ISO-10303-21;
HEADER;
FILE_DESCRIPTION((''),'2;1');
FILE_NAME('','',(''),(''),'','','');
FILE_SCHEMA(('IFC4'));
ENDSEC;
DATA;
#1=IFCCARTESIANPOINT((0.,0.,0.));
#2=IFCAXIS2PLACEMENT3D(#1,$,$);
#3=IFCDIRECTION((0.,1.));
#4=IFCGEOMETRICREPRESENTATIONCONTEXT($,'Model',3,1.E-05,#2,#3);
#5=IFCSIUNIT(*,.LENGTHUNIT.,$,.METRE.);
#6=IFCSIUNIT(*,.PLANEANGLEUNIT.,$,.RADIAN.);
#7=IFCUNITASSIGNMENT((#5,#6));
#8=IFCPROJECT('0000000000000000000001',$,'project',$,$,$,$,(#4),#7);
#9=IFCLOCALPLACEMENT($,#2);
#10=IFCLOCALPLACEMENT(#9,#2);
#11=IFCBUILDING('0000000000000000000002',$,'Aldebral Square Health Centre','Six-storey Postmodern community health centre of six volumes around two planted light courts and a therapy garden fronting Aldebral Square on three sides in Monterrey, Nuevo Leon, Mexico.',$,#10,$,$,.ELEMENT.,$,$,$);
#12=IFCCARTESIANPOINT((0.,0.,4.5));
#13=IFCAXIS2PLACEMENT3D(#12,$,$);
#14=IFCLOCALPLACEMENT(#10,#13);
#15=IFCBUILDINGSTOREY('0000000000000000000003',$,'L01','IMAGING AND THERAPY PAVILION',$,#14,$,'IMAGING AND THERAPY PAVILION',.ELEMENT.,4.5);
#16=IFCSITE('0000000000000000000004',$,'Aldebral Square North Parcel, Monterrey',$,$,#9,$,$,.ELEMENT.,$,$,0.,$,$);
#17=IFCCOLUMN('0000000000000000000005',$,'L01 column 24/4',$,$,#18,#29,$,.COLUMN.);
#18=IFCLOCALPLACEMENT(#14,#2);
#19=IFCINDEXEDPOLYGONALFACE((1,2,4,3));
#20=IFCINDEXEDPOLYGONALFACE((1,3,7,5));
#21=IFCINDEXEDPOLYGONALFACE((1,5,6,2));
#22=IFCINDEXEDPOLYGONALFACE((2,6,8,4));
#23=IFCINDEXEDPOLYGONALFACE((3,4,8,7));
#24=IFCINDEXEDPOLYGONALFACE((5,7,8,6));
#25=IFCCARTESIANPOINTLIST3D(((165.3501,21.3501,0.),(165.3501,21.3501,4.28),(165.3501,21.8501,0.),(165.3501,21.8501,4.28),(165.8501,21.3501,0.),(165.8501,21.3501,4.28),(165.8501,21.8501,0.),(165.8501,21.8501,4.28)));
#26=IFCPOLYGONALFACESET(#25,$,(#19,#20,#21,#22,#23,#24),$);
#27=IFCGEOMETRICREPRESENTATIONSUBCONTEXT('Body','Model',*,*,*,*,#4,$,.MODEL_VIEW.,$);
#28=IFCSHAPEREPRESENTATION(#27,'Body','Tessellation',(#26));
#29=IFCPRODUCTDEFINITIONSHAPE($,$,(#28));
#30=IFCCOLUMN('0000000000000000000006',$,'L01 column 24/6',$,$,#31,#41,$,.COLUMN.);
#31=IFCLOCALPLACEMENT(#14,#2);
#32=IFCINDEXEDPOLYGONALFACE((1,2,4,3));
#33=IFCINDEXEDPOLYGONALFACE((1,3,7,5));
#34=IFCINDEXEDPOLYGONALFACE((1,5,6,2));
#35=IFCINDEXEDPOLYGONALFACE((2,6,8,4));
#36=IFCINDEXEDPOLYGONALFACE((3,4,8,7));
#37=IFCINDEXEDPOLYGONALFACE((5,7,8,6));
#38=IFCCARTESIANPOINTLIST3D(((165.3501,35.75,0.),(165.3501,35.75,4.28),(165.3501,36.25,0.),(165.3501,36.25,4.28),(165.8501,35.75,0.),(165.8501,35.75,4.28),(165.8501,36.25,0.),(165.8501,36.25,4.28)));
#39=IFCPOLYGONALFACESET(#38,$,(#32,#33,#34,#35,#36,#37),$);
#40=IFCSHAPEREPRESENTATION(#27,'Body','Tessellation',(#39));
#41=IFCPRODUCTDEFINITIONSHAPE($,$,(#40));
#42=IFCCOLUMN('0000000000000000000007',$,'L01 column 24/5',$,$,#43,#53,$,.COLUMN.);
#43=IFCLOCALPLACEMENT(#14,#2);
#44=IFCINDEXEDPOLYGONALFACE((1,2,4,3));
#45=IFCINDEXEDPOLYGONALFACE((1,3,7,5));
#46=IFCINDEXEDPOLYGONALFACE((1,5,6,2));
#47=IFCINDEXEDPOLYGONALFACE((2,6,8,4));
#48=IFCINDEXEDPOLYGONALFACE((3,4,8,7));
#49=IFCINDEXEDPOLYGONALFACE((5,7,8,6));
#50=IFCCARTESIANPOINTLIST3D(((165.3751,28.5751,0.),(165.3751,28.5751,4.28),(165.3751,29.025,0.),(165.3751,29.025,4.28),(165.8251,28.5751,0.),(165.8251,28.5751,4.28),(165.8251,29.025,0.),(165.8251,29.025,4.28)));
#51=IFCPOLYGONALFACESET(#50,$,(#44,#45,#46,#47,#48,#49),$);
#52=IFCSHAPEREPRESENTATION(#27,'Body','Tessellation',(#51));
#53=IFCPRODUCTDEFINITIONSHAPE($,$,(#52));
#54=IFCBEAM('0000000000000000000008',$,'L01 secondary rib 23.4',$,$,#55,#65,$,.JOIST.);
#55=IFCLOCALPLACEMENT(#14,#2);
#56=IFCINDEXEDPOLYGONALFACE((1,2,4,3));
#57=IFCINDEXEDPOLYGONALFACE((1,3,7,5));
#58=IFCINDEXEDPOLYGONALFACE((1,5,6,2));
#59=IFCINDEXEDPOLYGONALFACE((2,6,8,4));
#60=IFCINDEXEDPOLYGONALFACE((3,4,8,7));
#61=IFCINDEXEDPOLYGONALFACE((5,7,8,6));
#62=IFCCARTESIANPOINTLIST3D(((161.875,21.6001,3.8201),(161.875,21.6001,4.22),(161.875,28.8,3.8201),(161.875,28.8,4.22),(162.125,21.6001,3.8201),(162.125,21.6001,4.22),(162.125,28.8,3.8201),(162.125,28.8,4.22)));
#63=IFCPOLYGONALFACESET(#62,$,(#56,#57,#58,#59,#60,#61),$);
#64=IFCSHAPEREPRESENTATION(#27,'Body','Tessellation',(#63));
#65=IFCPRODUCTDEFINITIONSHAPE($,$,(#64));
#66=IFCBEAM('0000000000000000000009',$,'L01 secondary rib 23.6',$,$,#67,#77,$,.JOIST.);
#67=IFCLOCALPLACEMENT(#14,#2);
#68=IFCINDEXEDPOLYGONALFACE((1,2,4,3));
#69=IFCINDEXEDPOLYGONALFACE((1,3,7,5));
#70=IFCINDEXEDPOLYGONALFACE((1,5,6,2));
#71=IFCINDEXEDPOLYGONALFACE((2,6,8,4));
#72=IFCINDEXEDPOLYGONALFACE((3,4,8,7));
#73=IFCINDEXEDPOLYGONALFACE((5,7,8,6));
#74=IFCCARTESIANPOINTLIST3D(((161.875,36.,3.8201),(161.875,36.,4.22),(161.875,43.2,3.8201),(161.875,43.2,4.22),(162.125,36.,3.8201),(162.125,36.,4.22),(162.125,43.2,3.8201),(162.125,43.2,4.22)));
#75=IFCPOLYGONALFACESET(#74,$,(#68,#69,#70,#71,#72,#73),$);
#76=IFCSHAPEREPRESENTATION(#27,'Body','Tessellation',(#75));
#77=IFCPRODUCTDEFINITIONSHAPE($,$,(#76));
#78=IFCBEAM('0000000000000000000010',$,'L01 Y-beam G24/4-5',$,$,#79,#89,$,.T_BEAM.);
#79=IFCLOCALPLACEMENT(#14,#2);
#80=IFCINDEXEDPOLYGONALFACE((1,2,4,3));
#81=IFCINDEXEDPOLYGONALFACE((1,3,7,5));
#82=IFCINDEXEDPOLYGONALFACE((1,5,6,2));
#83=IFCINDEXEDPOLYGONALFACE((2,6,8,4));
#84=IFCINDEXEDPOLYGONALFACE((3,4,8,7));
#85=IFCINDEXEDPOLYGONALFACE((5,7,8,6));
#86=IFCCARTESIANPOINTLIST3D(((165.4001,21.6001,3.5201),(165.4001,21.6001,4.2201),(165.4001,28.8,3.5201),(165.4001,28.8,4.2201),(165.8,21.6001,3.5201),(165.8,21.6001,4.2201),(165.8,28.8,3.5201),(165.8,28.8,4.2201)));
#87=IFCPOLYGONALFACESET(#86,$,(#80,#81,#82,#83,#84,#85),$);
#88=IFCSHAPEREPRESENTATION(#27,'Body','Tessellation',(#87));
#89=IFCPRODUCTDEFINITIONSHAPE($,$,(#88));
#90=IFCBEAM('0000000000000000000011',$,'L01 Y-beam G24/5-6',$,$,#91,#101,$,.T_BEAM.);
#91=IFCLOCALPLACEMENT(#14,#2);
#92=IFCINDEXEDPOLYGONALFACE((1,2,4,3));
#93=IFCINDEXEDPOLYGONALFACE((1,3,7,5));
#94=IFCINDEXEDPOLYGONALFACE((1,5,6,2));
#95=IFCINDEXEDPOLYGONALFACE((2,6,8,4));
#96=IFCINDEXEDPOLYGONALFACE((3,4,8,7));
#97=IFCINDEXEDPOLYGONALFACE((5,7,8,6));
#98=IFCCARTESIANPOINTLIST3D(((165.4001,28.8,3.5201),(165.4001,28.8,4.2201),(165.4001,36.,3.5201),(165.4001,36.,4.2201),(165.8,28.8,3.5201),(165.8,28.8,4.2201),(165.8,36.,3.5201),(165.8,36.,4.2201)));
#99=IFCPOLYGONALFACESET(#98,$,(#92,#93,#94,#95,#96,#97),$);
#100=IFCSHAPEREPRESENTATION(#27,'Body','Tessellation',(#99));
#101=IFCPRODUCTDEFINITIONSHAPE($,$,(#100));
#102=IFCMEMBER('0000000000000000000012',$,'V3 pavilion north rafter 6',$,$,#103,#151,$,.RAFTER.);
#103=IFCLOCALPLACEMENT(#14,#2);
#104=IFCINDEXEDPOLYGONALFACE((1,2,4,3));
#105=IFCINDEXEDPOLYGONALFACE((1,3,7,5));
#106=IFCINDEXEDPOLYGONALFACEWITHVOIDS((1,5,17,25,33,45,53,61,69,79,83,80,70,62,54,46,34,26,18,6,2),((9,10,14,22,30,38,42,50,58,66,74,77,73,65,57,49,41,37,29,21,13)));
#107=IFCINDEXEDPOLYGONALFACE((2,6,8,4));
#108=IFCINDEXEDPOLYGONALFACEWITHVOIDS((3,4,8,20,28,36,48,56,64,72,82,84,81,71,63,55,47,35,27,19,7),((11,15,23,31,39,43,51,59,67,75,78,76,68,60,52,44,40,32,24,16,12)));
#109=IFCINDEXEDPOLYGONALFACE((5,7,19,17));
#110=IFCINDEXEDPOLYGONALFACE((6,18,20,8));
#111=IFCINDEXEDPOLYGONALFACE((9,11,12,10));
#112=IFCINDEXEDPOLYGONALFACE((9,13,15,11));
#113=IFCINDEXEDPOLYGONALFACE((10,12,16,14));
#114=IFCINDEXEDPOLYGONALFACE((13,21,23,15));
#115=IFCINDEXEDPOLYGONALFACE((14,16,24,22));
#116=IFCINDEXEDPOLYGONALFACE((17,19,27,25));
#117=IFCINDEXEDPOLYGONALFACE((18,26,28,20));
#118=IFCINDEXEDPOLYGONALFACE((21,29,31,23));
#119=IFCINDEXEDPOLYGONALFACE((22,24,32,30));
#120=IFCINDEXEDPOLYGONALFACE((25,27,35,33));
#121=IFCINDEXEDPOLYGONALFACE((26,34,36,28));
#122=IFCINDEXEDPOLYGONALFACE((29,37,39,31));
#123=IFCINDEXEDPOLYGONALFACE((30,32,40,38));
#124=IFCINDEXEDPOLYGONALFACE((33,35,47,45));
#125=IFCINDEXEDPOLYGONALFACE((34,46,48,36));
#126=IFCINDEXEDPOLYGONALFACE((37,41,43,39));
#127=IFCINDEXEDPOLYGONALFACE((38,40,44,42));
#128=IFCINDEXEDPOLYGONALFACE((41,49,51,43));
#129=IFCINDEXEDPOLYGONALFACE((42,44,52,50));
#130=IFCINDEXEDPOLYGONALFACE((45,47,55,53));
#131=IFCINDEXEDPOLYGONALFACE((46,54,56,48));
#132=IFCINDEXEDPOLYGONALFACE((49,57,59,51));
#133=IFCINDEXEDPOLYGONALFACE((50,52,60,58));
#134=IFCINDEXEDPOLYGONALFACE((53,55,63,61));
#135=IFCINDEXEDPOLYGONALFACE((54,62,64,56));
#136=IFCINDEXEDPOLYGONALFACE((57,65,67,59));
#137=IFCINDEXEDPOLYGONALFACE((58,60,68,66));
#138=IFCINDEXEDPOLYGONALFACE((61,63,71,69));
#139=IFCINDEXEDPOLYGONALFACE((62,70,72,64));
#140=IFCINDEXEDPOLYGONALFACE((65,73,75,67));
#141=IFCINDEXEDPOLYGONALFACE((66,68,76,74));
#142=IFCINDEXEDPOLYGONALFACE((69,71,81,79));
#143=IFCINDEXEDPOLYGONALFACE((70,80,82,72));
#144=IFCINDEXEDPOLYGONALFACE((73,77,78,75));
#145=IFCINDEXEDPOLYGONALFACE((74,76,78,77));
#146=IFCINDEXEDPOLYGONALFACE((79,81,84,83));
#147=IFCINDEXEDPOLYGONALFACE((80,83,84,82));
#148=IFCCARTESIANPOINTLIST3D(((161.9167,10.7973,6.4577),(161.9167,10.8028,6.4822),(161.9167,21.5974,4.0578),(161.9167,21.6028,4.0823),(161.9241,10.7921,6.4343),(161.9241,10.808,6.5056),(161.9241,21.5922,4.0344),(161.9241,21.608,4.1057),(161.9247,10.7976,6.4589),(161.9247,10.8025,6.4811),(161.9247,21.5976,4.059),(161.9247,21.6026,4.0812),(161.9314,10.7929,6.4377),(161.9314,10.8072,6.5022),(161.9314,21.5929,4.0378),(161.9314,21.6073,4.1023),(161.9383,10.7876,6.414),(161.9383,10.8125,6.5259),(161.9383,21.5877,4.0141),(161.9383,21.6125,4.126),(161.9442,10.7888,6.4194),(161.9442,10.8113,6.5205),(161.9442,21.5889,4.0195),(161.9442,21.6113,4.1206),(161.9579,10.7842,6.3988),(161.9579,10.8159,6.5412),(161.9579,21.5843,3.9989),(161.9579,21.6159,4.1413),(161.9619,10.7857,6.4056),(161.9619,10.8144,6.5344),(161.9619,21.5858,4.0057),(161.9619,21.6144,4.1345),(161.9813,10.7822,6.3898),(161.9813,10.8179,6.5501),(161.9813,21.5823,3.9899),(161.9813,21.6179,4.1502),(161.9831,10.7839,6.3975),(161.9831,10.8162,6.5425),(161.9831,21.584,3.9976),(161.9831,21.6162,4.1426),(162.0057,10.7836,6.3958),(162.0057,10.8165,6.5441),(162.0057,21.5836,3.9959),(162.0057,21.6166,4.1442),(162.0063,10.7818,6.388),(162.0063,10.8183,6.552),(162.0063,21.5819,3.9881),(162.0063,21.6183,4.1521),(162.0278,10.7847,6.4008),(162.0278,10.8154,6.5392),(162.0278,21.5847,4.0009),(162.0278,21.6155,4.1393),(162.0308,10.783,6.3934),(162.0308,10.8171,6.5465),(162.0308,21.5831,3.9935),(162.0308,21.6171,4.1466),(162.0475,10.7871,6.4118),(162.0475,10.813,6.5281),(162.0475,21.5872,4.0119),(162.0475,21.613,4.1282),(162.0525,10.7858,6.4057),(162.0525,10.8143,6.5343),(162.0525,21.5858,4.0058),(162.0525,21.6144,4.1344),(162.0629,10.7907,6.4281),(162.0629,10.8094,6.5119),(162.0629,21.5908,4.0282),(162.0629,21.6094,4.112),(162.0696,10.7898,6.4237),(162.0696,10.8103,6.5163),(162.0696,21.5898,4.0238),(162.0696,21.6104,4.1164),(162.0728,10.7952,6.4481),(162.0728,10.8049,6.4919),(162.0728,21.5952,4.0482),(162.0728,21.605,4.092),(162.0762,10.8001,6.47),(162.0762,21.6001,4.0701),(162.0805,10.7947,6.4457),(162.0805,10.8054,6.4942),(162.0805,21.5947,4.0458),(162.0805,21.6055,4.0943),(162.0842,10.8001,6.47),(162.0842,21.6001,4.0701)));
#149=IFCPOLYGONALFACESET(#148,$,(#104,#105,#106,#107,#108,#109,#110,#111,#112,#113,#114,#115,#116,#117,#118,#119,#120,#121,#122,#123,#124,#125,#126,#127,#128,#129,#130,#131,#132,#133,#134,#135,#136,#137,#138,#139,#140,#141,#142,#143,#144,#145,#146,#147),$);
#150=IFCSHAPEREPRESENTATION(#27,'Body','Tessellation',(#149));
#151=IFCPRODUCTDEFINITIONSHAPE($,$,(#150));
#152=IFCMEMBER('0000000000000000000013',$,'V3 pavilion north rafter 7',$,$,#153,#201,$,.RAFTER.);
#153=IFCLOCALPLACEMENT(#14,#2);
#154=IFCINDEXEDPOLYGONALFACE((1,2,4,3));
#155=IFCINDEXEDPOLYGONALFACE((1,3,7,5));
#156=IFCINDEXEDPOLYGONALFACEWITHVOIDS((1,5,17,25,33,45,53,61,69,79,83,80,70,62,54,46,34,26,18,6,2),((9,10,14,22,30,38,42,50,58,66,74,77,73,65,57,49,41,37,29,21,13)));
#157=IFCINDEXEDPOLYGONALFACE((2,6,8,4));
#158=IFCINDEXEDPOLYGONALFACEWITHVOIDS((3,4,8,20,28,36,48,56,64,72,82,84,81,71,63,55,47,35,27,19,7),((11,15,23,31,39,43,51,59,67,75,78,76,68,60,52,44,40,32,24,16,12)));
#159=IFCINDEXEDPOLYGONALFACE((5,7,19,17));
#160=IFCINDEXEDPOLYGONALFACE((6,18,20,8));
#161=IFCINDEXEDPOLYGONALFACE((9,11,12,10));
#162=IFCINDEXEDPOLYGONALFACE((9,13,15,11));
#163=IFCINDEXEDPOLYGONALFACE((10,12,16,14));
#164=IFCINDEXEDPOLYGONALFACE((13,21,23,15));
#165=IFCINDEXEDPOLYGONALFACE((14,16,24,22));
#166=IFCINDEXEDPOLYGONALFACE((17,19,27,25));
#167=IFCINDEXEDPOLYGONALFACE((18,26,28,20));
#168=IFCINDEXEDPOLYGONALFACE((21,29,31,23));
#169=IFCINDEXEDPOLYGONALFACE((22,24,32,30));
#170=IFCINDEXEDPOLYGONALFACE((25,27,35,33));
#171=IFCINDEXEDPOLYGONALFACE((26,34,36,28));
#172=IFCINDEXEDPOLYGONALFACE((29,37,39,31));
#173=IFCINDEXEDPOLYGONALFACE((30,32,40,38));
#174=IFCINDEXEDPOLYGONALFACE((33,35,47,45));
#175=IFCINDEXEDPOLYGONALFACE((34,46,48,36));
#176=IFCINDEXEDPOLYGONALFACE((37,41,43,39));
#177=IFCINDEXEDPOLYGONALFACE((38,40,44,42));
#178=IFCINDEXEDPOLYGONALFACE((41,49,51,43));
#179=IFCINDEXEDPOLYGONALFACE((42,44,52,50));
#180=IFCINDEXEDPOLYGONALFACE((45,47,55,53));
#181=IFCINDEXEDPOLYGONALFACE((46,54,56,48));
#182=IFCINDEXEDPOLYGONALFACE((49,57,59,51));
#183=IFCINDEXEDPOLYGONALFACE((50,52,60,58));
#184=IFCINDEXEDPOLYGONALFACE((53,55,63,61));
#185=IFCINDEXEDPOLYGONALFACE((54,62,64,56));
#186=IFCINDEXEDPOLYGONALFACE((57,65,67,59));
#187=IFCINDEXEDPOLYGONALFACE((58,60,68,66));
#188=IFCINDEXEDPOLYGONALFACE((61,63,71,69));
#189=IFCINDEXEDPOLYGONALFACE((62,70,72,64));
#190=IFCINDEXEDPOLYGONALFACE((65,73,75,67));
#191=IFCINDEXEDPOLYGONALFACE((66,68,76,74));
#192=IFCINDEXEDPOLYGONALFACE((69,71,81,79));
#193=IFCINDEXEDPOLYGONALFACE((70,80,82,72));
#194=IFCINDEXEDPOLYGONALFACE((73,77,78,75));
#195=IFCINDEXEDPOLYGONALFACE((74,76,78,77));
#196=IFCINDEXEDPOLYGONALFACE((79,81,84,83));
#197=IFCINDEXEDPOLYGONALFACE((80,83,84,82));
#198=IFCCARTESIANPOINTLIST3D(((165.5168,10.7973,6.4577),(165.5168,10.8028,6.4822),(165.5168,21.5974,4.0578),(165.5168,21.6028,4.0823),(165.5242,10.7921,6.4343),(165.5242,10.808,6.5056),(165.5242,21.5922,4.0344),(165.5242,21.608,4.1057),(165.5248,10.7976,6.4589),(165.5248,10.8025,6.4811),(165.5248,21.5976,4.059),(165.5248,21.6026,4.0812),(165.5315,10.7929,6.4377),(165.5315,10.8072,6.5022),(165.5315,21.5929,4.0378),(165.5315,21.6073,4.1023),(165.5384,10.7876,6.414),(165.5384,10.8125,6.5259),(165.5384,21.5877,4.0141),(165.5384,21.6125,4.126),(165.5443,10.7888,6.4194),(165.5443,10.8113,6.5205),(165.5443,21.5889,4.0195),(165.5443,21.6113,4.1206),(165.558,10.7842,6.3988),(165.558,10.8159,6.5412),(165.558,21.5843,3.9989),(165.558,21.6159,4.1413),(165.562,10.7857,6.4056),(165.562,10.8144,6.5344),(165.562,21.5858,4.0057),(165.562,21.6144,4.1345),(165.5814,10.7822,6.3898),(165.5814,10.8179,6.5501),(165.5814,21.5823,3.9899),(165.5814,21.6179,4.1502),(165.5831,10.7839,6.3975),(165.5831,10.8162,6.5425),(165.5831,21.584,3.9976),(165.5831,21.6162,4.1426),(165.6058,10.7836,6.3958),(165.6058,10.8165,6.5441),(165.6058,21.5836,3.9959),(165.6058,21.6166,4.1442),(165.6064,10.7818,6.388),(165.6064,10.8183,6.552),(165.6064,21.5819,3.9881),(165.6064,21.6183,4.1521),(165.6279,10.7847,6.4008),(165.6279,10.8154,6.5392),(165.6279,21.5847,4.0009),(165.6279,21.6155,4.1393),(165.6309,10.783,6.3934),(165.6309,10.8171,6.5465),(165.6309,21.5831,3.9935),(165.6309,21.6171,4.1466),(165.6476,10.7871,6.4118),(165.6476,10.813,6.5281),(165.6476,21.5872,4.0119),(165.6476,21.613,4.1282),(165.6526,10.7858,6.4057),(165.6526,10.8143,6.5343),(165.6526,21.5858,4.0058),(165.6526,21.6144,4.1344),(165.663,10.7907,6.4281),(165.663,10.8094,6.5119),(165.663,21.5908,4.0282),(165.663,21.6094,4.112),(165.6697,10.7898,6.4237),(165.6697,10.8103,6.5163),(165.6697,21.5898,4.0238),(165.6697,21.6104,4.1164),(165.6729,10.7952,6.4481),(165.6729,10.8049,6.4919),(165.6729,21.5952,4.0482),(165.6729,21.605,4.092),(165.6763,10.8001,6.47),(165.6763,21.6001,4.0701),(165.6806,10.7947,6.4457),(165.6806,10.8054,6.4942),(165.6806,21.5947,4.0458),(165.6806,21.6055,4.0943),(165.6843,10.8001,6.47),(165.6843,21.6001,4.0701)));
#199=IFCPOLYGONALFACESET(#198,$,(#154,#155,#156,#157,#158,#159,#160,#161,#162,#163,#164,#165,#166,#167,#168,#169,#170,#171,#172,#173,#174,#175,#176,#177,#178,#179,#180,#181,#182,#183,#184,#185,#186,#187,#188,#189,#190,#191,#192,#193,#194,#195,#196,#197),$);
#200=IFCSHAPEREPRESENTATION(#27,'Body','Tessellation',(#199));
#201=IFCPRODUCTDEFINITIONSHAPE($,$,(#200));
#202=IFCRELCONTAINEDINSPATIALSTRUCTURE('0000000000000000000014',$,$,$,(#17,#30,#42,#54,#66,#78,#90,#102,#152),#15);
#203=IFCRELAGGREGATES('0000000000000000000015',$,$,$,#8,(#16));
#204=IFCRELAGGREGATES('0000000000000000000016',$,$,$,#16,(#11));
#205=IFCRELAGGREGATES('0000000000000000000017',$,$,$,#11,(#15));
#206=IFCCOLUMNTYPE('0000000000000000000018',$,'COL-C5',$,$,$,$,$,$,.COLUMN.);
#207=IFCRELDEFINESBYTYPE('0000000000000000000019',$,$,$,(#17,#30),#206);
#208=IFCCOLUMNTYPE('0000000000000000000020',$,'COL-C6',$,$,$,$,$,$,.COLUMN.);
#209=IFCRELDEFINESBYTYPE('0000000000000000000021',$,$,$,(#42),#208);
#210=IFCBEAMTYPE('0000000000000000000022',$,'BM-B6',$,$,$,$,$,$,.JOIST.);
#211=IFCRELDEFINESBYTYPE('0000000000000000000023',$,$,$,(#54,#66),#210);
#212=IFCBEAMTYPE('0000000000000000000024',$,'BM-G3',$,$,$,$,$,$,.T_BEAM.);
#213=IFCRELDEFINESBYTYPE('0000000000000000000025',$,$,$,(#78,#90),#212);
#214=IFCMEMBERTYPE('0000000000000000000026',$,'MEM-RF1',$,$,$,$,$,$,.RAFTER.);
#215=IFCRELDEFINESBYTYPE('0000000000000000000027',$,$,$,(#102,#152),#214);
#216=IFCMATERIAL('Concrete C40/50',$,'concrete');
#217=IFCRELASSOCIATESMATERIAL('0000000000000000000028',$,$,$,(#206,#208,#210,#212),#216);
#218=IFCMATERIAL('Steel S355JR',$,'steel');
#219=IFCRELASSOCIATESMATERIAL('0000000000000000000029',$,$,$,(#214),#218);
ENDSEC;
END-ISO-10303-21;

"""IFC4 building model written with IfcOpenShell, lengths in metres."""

from ifc_helpers import new_model, si_unit, direction, frame, origin, origin_2d, place, context, subcontext, project, spatial, rectangle, hollow_circle, extrude, material, material_profile, profile_set, type_object, element, save


model = new_model("IFC4")

# Units and contexts
model_context = context("Model", 3, precision=1e-05, world=origin(), true_north=direction((0.0, 1.0)))
body_context = subcontext(model_context, "Body", "Model", "MODEL_VIEW")
ifc_project = project(units=[si_unit("LENGTHUNIT", "METRE"), si_unit("PLANEANGLEUNIT", "RADIAN")], contexts=[model_context])

# Site, building, storey
site_placement = place(None, origin())
site = spatial("IfcSite", under=ifc_project, at=site_placement, Name="Aldebral Square North Parcel, Monterrey", CompositionType="ELEMENT", RefElevation=0.0)
building_placement = place(site_placement, origin())
building = spatial("IfcBuilding", under=site, at=building_placement, Name="Aldebral Square Health Centre", Description="Six-storey Postmodern community health centre of six volumes around two planted light courts and a therapy garden fronting Aldebral Square on three sides in Monterrey, Nuevo Leon, Mexico.", CompositionType="ELEMENT")
storey_placement = place(building_placement, frame((0.0, 0.0, 4.5)))
storey = spatial("IfcBuildingStorey", under=building, at=storey_placement, Name="L01", Description="IMAGING AND THERAPY PAVILION", LongName="IMAGING AND THERAPY PAVILION", CompositionType="ELEMENT", Elevation=4.5)

# Columns
ifc_material_1 = material(Name="Concrete C40/50", Category="concrete")
ifc_material_profile_1 = material_profile(ifc_material_1, rectangle(XDim=0.5, YDim=0.5, at=origin_2d()), Name="RC 500x500")
ifc_profile_set_1 = profile_set([ifc_material_profile_1], Name="Concrete C40/50")
column_type_1 = type_object("IfcColumnType", Name="COL-C5", PredefinedType="COLUMN", material=ifc_profile_set_1)
for number, where, z_axis, x_axis, name in (
    (1, (165.6001, 21.6001, 0.0), (0.0, 0.0, 1.0), (1.0, 0.0, 0.0), "L01 column 24/4"),
    (2, (165.6001, 36.0, 0.0), (0.0, 0.0, 1.0), (1.0, 0.0, 0.0), "L01 column 24/6"),
):
    element("IfcColumn", number, at=place(storey_placement, frame(where, z_axis=z_axis, x_axis=x_axis)), inside=storey, type_object=column_type_1, Name=name, PredefinedType="COLUMN", context=body_context, shape_type="SweptSolid", body=[
        extrude(rectangle(XDim=0.5, YDim=0.5, at=origin_2d()), origin(), (0.0, 0.0, 1.0), 4.28),
    ])
ifc_material_profile_2 = material_profile(ifc_material_1, rectangle(XDim=0.45, YDim=0.45, at=origin_2d()), Name="RC 450x450")
ifc_profile_set_2 = profile_set([ifc_material_profile_2], Name="Concrete C40/50")
column_type_2 = type_object("IfcColumnType", Name="COL-C6", PredefinedType="COLUMN", material=ifc_profile_set_2)
column_placement = place(storey_placement, frame((165.6001, 28.8, 0.0), z_axis=(0.0, 0.0, 1.0), x_axis=(1.0, 0.0, 0.0)))
element("IfcColumn", 3, at=column_placement, inside=storey, type_object=column_type_2, Name="L01 column 24/5", PredefinedType="COLUMN", context=body_context, shape_type="SweptSolid", body=[
    extrude(rectangle(XDim=0.45, YDim=0.45, at=origin_2d()), origin(), (0.0, 0.0, 1.0), 4.28),
])

# Beams
ifc_material_profile_3 = material_profile(ifc_material_1, rectangle(XDim=0.25, YDim=0.3999, at=origin_2d()), Name="RC 250x400")
ifc_profile_set_3 = profile_set([ifc_material_profile_3], Name="Concrete C40/50")
beam_type_1 = type_object("IfcBeamType", Name="BM-B6", PredefinedType="JOIST", material=ifc_profile_set_3)
for number, where, z_axis, x_axis, name in (
    (4, (162.0, 21.6001, 4.02), (0.0, 1.0, 0.0), (-1.0, 0.0, 0.0), "L01 secondary rib 23.4"),
    (5, (162.0, 36.0, 4.02), (0.0, 1.0, 0.0), (-1.0, 0.0, 0.0), "L01 secondary rib 23.6"),
):
    element("IfcBeam", number, at=place(storey_placement, frame(where, z_axis=z_axis, x_axis=x_axis)), inside=storey, type_object=beam_type_1, Name=name, PredefinedType="JOIST", context=body_context, shape_type="SweptSolid", body=[
        extrude(rectangle(XDim=0.25, YDim=0.3999, at=origin_2d()), origin(), (0.0, 0.0, 1.0), 7.2),
    ])
ifc_material_profile_4 = material_profile(ifc_material_1, rectangle(XDim=0.3999, YDim=0.7, at=origin_2d()), Name="RC 400x700")
ifc_profile_set_4 = profile_set([ifc_material_profile_4], Name="Concrete C40/50")
beam_type_2 = type_object("IfcBeamType", Name="BM-G3", PredefinedType="T_BEAM", material=ifc_profile_set_4)
for number, where, z_axis, x_axis, name in (
    (6, (165.6001, 21.6001, 3.8701), (0.0, 1.0, 0.0), (-1.0, 0.0, 0.0), "L01 Y-beam G24/4-5"),
    (7, (165.6001, 28.8, 3.8701), (0.0, 1.0, 0.0), (-1.0, 0.0, 0.0), "L01 Y-beam G24/5-6"),
):
    element("IfcBeam", number, at=place(storey_placement, frame(where, z_axis=z_axis, x_axis=x_axis)), inside=storey, type_object=beam_type_2, Name=name, PredefinedType="T_BEAM", context=body_context, shape_type="SweptSolid", body=[
        extrude(rectangle(XDim=0.3999, YDim=0.7, at=origin_2d()), origin(), (0.0, 0.0, 1.0), 7.2),
    ])

# Members
ifc_material_2 = material(Name="Steel S355JR", Category="steel")
ifc_material_profile_5 = material_profile(ifc_material_2, hollow_circle(Radius=0.0842, WallThickness=0.0081, at=origin_2d()), Name="168.3x8.0 CHS")
ifc_profile_set_5 = profile_set([ifc_material_profile_5], Name="Steel S355JR")
member_type = type_object("IfcMemberType", Name="MEM-RF1", PredefinedType="RAFTER", material=ifc_profile_set_5)
for number, where, z_axis, x_axis, name in (
    (8, (162.0, 21.6001, 4.0701), (0.0, -0.976189, 0.216921), (1.0, 0.0, 0.0), "V3 pavilion north rafter 6"),
    (9, (165.6001, 21.6001, 4.0701), (0.0, -0.976189, 0.216921), (1.0, 0.0, 0.0), "V3 pavilion north rafter 7"),
):
    element("IfcMember", number, at=place(storey_placement, frame(where, z_axis=z_axis, x_axis=x_axis)), inside=storey, type_object=member_type, Name=name, PredefinedType="RAFTER", context=body_context, shape_type="SweptSolid", body=[
        extrude(hollow_circle(Radius=0.0842, WallThickness=0.0081, at=origin_2d()), origin(), (0.0, 0.0, 1.0), 11.0635),
    ])

save(model, "model.ifc")
